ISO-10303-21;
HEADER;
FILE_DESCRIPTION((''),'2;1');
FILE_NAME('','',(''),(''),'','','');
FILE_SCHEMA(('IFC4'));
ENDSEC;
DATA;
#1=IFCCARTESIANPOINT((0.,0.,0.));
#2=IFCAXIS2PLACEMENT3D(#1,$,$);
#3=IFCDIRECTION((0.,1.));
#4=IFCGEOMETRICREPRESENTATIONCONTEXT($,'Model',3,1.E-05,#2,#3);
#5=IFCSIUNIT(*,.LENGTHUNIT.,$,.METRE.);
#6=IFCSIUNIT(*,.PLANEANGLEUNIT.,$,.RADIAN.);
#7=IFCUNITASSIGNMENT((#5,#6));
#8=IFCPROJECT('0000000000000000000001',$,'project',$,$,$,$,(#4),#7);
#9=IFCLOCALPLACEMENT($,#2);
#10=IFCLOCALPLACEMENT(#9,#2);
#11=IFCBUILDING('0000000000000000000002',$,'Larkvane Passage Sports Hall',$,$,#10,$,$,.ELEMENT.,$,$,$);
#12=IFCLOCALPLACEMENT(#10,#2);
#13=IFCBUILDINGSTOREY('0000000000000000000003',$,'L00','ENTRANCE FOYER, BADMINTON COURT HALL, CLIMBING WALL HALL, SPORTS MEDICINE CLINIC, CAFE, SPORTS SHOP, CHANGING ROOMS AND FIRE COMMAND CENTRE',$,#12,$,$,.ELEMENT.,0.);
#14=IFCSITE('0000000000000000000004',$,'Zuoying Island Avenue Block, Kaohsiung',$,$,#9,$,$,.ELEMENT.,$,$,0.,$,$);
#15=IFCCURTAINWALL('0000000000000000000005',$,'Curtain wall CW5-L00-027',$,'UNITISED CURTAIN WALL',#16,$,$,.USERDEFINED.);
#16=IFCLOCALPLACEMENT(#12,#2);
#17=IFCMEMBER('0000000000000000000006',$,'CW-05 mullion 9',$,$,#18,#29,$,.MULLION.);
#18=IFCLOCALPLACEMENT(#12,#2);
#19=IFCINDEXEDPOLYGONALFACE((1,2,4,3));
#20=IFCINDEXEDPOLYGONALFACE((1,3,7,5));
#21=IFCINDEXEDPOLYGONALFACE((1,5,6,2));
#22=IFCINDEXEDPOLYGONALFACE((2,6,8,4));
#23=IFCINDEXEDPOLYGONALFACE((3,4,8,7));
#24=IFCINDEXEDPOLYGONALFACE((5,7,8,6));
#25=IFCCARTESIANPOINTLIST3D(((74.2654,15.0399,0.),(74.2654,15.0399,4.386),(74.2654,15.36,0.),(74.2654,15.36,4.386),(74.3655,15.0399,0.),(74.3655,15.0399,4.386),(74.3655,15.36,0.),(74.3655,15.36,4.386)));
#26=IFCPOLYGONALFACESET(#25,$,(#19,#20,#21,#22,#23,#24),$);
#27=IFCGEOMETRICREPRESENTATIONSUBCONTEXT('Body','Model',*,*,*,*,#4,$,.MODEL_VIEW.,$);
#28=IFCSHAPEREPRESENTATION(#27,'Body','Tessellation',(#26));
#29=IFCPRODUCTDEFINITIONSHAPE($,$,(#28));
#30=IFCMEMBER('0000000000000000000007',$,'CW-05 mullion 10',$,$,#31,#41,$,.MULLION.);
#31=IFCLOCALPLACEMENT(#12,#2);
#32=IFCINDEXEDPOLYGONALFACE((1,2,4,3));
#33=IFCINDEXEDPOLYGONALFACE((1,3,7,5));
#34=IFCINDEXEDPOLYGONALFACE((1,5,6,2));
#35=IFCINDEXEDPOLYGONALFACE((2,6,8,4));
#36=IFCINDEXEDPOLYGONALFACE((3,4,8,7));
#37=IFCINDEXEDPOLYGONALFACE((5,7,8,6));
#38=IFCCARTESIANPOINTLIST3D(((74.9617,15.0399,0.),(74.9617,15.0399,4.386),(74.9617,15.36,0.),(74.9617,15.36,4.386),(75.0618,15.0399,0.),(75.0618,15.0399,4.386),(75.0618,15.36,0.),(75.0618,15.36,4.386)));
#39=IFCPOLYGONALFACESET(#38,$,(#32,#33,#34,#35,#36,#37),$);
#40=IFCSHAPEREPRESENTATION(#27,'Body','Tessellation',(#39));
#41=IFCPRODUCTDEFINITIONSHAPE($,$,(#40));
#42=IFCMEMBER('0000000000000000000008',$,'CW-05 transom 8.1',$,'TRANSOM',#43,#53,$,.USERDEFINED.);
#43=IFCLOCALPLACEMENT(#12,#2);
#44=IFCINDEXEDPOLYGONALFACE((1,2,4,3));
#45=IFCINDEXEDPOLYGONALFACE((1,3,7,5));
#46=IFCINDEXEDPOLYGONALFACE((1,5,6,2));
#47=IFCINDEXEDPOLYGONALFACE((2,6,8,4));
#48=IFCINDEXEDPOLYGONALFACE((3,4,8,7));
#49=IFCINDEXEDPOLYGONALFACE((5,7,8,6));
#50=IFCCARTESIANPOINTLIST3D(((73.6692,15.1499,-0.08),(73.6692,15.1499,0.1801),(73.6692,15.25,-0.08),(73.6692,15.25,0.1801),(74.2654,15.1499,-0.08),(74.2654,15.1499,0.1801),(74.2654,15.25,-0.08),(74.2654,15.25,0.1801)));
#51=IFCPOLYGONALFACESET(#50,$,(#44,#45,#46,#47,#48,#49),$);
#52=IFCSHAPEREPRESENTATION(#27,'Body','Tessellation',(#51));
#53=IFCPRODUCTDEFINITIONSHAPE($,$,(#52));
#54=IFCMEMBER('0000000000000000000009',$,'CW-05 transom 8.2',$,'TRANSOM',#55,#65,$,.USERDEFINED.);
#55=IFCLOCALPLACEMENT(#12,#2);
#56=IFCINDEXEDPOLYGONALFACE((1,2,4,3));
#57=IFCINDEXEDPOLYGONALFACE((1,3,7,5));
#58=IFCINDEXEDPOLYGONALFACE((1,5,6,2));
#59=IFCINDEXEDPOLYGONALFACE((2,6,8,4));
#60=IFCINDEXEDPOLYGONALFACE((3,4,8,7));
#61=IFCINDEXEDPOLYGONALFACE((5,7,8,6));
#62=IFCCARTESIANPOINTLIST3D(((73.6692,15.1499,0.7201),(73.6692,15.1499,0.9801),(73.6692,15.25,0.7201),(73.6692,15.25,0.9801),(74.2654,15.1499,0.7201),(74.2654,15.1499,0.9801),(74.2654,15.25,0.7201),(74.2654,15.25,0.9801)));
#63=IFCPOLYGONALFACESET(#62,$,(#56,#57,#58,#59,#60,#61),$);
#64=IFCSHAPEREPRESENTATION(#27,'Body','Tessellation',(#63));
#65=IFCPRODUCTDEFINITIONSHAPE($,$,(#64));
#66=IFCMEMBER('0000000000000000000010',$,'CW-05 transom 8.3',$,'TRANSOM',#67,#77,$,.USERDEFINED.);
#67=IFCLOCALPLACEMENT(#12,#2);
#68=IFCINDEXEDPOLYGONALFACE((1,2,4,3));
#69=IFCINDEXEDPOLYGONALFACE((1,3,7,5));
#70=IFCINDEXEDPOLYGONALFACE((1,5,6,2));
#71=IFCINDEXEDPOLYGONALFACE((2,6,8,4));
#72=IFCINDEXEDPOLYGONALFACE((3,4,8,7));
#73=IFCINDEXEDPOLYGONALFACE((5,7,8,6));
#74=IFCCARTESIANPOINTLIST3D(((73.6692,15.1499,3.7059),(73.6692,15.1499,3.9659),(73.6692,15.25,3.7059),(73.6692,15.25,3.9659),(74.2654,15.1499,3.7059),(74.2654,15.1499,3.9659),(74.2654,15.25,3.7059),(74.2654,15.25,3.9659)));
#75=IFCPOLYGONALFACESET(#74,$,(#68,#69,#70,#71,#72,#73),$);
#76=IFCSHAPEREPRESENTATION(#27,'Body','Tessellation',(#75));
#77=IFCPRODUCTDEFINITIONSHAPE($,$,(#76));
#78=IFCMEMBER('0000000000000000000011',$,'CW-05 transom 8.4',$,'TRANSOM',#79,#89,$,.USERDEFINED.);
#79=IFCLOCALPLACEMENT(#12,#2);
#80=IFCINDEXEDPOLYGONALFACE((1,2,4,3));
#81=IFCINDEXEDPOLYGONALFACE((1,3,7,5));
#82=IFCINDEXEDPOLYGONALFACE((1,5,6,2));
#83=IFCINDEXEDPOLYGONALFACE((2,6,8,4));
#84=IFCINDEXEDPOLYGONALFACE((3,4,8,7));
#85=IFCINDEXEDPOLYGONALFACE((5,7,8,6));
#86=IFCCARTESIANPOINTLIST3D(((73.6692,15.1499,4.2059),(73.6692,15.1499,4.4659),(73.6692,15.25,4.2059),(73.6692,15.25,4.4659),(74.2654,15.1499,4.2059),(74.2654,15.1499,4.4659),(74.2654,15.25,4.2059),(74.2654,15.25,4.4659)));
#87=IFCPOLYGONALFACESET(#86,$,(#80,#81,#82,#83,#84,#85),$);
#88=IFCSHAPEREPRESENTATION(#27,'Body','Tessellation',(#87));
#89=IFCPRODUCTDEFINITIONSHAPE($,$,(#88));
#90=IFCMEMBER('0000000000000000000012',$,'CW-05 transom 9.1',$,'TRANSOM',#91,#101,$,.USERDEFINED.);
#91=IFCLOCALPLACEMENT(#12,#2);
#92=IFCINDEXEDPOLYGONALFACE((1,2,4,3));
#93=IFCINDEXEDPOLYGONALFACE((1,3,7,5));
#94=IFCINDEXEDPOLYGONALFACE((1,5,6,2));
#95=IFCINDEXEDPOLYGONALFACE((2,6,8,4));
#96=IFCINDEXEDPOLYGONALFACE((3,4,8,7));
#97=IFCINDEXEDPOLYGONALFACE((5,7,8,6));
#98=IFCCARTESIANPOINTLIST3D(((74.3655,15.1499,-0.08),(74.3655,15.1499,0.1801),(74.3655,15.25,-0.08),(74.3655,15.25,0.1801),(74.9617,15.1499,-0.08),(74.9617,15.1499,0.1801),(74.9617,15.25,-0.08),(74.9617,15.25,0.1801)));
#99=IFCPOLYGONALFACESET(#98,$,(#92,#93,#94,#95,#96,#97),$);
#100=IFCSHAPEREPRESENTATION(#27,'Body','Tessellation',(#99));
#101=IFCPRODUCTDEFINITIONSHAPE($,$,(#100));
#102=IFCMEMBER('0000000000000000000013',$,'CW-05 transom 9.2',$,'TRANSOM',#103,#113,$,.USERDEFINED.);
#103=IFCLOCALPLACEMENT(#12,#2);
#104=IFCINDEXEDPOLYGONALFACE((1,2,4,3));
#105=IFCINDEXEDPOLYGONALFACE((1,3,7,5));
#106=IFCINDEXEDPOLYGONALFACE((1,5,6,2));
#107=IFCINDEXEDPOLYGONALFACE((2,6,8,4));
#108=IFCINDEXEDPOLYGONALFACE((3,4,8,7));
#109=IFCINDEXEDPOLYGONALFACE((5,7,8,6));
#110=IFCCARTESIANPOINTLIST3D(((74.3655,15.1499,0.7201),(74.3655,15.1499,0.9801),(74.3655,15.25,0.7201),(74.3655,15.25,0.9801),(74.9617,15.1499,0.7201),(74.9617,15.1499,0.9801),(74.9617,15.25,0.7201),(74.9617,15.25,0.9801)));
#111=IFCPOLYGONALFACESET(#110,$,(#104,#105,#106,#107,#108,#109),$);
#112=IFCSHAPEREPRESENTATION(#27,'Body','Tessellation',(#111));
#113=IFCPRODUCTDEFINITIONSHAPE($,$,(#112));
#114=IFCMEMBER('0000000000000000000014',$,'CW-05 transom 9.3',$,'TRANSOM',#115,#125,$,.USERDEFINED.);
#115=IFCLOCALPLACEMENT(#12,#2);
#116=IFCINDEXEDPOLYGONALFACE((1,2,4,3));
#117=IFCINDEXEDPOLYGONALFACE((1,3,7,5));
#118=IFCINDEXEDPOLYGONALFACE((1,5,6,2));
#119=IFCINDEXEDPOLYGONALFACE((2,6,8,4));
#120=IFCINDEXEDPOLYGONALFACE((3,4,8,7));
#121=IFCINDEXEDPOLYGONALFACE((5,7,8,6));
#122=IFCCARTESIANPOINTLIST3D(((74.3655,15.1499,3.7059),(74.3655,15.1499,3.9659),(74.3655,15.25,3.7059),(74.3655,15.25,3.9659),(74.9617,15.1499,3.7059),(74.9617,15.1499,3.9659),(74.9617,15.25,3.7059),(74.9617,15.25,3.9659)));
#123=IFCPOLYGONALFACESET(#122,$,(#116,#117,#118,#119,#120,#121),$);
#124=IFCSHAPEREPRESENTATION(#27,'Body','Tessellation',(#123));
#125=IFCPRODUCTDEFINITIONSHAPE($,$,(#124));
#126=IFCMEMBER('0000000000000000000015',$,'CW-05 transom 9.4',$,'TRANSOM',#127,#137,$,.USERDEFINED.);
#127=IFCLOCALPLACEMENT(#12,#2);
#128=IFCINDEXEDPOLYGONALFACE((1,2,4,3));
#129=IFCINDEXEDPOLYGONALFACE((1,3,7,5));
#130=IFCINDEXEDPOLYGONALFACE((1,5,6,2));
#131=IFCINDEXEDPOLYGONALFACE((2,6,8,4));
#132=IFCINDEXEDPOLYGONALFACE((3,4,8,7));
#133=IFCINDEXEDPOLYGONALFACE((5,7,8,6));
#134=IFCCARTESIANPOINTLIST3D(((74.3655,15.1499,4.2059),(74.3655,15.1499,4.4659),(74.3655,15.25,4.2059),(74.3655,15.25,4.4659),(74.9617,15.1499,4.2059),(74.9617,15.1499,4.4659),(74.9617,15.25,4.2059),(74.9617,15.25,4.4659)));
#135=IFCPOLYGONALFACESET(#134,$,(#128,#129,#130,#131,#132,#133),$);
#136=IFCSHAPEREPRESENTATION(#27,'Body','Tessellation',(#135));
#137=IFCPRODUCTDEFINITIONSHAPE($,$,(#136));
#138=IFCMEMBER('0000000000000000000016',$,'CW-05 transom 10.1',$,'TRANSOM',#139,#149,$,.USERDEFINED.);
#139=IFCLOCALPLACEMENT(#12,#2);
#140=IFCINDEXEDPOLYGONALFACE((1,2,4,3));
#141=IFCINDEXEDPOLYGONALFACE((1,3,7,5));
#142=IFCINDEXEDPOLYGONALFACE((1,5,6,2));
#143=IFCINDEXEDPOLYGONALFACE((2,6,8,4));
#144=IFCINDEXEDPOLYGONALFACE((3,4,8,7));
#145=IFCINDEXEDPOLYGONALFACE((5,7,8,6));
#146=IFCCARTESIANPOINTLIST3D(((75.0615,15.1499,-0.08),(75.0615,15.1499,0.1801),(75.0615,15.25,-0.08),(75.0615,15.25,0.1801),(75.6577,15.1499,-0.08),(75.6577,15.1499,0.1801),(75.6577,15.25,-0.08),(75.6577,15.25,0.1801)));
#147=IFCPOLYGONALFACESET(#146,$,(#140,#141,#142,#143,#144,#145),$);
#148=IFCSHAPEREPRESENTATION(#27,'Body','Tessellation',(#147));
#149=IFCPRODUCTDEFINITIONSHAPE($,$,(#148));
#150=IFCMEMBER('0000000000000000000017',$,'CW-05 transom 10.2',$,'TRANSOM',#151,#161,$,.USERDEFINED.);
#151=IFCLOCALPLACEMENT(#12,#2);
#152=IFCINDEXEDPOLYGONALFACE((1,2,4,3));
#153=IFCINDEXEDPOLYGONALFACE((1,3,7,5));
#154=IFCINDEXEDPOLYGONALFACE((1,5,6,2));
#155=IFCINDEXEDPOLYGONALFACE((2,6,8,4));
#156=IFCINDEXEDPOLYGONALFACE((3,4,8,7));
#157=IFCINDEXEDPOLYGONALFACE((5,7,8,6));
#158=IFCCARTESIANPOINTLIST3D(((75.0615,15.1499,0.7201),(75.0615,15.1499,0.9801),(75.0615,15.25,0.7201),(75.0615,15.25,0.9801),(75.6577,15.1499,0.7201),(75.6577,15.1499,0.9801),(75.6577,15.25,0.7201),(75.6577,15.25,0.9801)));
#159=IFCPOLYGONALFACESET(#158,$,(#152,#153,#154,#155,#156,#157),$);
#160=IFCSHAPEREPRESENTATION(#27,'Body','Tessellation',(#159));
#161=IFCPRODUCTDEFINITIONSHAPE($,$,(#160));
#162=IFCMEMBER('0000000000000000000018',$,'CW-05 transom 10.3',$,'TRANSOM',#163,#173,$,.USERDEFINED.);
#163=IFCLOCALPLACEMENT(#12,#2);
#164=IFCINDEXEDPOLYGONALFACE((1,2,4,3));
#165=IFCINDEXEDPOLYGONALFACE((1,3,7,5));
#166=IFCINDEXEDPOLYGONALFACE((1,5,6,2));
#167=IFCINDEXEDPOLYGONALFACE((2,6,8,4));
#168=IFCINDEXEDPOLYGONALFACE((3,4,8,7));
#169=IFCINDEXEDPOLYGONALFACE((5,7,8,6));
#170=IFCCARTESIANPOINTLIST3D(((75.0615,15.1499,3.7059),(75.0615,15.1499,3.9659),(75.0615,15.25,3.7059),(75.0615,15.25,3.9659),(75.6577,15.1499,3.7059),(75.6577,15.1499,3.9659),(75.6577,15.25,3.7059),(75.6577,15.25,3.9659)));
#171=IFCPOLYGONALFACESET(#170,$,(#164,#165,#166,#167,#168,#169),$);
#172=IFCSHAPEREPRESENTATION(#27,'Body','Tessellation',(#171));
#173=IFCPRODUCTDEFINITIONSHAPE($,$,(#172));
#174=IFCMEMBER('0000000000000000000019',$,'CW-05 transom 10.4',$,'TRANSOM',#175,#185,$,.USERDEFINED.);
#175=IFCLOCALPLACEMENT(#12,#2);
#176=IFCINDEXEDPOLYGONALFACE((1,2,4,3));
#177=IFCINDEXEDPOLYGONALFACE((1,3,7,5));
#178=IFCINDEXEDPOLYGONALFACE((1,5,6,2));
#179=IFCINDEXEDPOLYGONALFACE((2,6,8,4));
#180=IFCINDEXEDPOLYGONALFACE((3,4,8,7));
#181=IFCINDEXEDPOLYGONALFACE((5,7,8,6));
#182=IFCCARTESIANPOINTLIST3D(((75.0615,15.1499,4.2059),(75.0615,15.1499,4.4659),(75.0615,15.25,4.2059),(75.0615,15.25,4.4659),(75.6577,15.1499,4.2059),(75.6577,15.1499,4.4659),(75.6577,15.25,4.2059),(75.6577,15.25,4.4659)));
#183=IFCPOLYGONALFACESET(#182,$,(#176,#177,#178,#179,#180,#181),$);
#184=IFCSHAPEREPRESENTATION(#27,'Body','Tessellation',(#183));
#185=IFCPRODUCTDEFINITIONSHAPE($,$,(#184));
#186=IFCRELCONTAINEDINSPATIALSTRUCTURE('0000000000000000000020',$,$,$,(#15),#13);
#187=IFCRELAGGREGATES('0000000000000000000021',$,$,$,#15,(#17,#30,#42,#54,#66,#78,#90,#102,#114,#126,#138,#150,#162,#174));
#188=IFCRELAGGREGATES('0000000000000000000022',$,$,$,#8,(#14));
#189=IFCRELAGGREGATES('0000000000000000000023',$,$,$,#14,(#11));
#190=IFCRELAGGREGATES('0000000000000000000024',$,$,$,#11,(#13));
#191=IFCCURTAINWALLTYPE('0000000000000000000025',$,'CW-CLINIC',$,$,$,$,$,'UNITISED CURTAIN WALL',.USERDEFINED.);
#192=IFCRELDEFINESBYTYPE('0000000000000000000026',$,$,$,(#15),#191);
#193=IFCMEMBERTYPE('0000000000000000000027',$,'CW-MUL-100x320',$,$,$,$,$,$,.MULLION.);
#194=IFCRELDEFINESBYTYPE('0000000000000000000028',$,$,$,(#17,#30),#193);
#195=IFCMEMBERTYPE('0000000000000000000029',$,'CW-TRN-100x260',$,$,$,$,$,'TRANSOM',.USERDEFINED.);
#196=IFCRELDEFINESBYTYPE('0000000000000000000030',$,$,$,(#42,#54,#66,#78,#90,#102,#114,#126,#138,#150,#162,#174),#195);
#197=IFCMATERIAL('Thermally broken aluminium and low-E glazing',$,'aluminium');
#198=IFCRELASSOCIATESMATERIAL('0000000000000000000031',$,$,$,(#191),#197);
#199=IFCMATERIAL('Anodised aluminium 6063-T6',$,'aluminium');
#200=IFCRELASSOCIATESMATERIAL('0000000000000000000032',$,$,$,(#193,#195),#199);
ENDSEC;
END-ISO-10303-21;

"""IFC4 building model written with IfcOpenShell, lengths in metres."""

from ifc_helpers import new_model, si_unit, direction, frame, origin, origin_2d, place, context, subcontext, project, spatial, rectangle, extrude, material, material_profile, profile_set, type_object, element, aggregate, save


model = new_model("IFC4")

# Units and contexts
model_context = context("Model", 3, precision=1e-05, world=origin(), true_north=direction((0.0, 1.0)))
body_context = subcontext(model_context, "Body", "Model", "MODEL_VIEW")
ifc_project = project(units=[si_unit("LENGTHUNIT", "METRE"), si_unit("PLANEANGLEUNIT", "RADIAN")], contexts=[model_context])

# Site, building, storey
site_placement = place(None, origin())
site = spatial("IfcSite", under=ifc_project, at=site_placement, Name="Zuoying Island Avenue Block, Kaohsiung", CompositionType="ELEMENT", RefElevation=0.0)
building_placement = place(site_placement, origin())
building = spatial("IfcBuilding", under=site, at=building_placement, Name="Larkvane Passage Sports Hall", CompositionType="ELEMENT")
storey_placement = place(building_placement, origin())
storey = spatial("IfcBuildingStorey", under=building, at=storey_placement, Name="L00", Description="ENTRANCE FOYER, BADMINTON COURT HALL, CLIMBING WALL HALL, SPORTS MEDICINE CLINIC, CAFE, SPORTS SHOP, CHANGING ROOMS AND FIRE COMMAND CENTRE", CompositionType="ELEMENT", Elevation=0.0)

# Curtain wall, members
ifc_material_1 = material(Name="Thermally broken aluminium and low-E glazing", Category="aluminium")
curtain_wall_type = type_object("IfcCurtainWallType", Name="CW-CLINIC", ElementType="UNITISED CURTAIN WALL", PredefinedType="USERDEFINED", material=ifc_material_1)
curtain_wall_placement = place(storey_placement, origin())
curtain_wall = element("IfcCurtainWall", 1, at=curtain_wall_placement, inside=storey, type_object=curtain_wall_type, Name="Curtain wall CW5-L00-027", ObjectType="UNITISED CURTAIN WALL", PredefinedType="USERDEFINED")
ifc_material_2 = material(Name="Anodised aluminium 6063-T6", Category="aluminium")
ifc_material_profile_1 = material_profile(ifc_material_2, rectangle(XDim=0.1001, YDim=0.3201, at=origin_2d()), Name="ALU-MUL-100x320")
ifc_profile_set_1 = profile_set([ifc_material_profile_1], Name="Anodised aluminium 6063-T6")
member_type_1 = type_object("IfcMemberType", Name="CW-MUL-100x320", PredefinedType="MULLION", material=ifc_profile_set_1)
member_1_placement = place(storey_placement, frame((74.3154, 15.2, 0.0), z_axis=(0.0, 0.0, 1.0), x_axis=(1.0, 0.0, 0.0)))
member_1 = element("IfcMember", 2, at=member_1_placement, type_object=member_type_1, Name="CW-05 mullion 9", PredefinedType="MULLION", context=body_context, shape_type="SweptSolid", body=[
    extrude(rectangle(XDim=0.1001, YDim=0.3201, at=origin_2d()), origin(), (0.0, 0.0, 1.0), 4.386),
])
member_2_placement = place(storey_placement, frame((75.0117, 15.2, 0.0), z_axis=(0.0, 0.0, 1.0), x_axis=(1.0, 0.0, 0.0)))
member_2 = element("IfcMember", 3, at=member_2_placement, type_object=member_type_1, Name="CW-05 mullion 10", PredefinedType="MULLION", context=body_context, shape_type="SweptSolid", body=[
    extrude(rectangle(XDim=0.1001, YDim=0.3201, at=origin_2d()), origin(), (0.0, 0.0, 1.0), 4.386),
])
ifc_material_profile_2 = material_profile(ifc_material_2, rectangle(XDim=0.1001, YDim=0.26, at=origin_2d()), Name="ALU-TRN-100x260")
ifc_profile_set_2 = profile_set([ifc_material_profile_2], Name="Anodised aluminium 6063-T6")
member_type_2 = type_object("IfcMemberType", Name="CW-TRN-100x260", ElementType="TRANSOM", PredefinedType="USERDEFINED", material=ifc_profile_set_2)
member_3_placement = place(storey_placement, frame((73.6692, 15.2, 0.05), z_axis=(1.0, 0.0, 0.0), x_axis=(0.0, 1.0, 0.0)))
member_3 = element("IfcMember", 4, at=member_3_placement, type_object=member_type_2, Name="CW-05 transom 8.1", ObjectType="TRANSOM", PredefinedType="USERDEFINED", context=body_context, shape_type="SweptSolid", body=[
    extrude(rectangle(XDim=0.1001, YDim=0.26, at=origin_2d()), origin(), (0.0, 0.0, 1.0), 0.5962),
])
member_4_placement = place(storey_placement, frame((73.6692, 15.2, 0.8501), z_axis=(1.0, 0.0, 0.0), x_axis=(0.0, 1.0, 0.0)))
member_4 = element("IfcMember", 5, at=member_4_placement, type_object=member_type_2, Name="CW-05 transom 8.2", ObjectType="TRANSOM", PredefinedType="USERDEFINED", context=body_context, shape_type="SweptSolid", body=[
    extrude(rectangle(XDim=0.1001, YDim=0.26, at=origin_2d()), origin(), (0.0, 0.0, 1.0), 0.5962),
])
member_5_placement = place(storey_placement, frame((73.6692, 15.2, 3.8359), z_axis=(1.0, 0.0, 0.0), x_axis=(0.0, 1.0, 0.0)))
member_5 = element("IfcMember", 6, at=member_5_placement, type_object=member_type_2, Name="CW-05 transom 8.3", ObjectType="TRANSOM", PredefinedType="USERDEFINED", context=body_context, shape_type="SweptSolid", body=[
    extrude(rectangle(XDim=0.1001, YDim=0.26, at=origin_2d()), origin(), (0.0, 0.0, 1.0), 0.5962),
])
member_6_placement = place(storey_placement, frame((73.6692, 15.2, 4.3359), z_axis=(1.0, 0.0, 0.0), x_axis=(0.0, 1.0, 0.0)))
member_6 = element("IfcMember", 7, at=member_6_placement, type_object=member_type_2, Name="CW-05 transom 8.4", ObjectType="TRANSOM", PredefinedType="USERDEFINED", context=body_context, shape_type="SweptSolid", body=[
    extrude(rectangle(XDim=0.1001, YDim=0.26, at=origin_2d()), origin(), (0.0, 0.0, 1.0), 0.5962),
])
member_7_placement = place(storey_placement, frame((74.3655, 15.2, 0.05), z_axis=(1.0, 0.0, 0.0), x_axis=(0.0, 1.0, 0.0)))
member_7 = element("IfcMember", 8, at=member_7_placement, type_object=member_type_2, Name="CW-05 transom 9.1", ObjectType="TRANSOM", PredefinedType="USERDEFINED", context=body_context, shape_type="SweptSolid", body=[
    extrude(rectangle(XDim=0.1001, YDim=0.26, at=origin_2d()), origin(), (0.0, 0.0, 1.0), 0.5962),
])
member_8_placement = place(storey_placement, frame((74.3655, 15.2, 0.8501), z_axis=(1.0, 0.0, 0.0), x_axis=(0.0, 1.0, 0.0)))
member_8 = element("IfcMember", 9, at=member_8_placement, type_object=member_type_2, Name="CW-05 transom 9.2", ObjectType="TRANSOM", PredefinedType="USERDEFINED", context=body_context, shape_type="SweptSolid", body=[
    extrude(rectangle(XDim=0.1001, YDim=0.26, at=origin_2d()), origin(), (0.0, 0.0, 1.0), 0.5962),
])
member_9_placement = place(storey_placement, frame((74.3655, 15.2, 3.8359), z_axis=(1.0, 0.0, 0.0), x_axis=(0.0, 1.0, 0.0)))
member_9 = element("IfcMember", 10, at=member_9_placement, type_object=member_type_2, Name="CW-05 transom 9.3", ObjectType="TRANSOM", PredefinedType="USERDEFINED", context=body_context, shape_type="SweptSolid", body=[
    extrude(rectangle(XDim=0.1001, YDim=0.26, at=origin_2d()), origin(), (0.0, 0.0, 1.0), 0.5962),
])
member_10_placement = place(storey_placement, frame((74.3655, 15.2, 4.3359), z_axis=(1.0, 0.0, 0.0), x_axis=(0.0, 1.0, 0.0)))
member_10 = element("IfcMember", 11, at=member_10_placement, type_object=member_type_2, Name="CW-05 transom 9.4", ObjectType="TRANSOM", PredefinedType="USERDEFINED", context=body_context, shape_type="SweptSolid", body=[
    extrude(rectangle(XDim=0.1001, YDim=0.26, at=origin_2d()), origin(), (0.0, 0.0, 1.0), 0.5962),
])
member_11_placement = place(storey_placement, frame((75.0615, 15.2, 0.05), z_axis=(1.0, 0.0, 0.0), x_axis=(0.0, 1.0, 0.0)))
member_11 = element("IfcMember", 12, at=member_11_placement, type_object=member_type_2, Name="CW-05 transom 10.1", ObjectType="TRANSOM", PredefinedType="USERDEFINED", context=body_context, shape_type="SweptSolid", body=[
    extrude(rectangle(XDim=0.1001, YDim=0.26, at=origin_2d()), origin(), (0.0, 0.0, 1.0), 0.5962),
])
member_12_placement = place(storey_placement, frame((75.0615, 15.2, 0.8501), z_axis=(1.0, 0.0, 0.0), x_axis=(0.0, 1.0, 0.0)))
member_12 = element("IfcMember", 13, at=member_12_placement, type_object=member_type_2, Name="CW-05 transom 10.2", ObjectType="TRANSOM", PredefinedType="USERDEFINED", context=body_context, shape_type="SweptSolid", body=[
    extrude(rectangle(XDim=0.1001, YDim=0.26, at=origin_2d()), origin(), (0.0, 0.0, 1.0), 0.5962),
])
member_13_placement = place(storey_placement, frame((75.0615, 15.2, 3.8359), z_axis=(1.0, 0.0, 0.0), x_axis=(0.0, 1.0, 0.0)))
member_13 = element("IfcMember", 14, at=member_13_placement, type_object=member_type_2, Name="CW-05 transom 10.3", ObjectType="TRANSOM", PredefinedType="USERDEFINED", context=body_context, shape_type="SweptSolid", body=[
    extrude(rectangle(XDim=0.1001, YDim=0.26, at=origin_2d()), origin(), (0.0, 0.0, 1.0), 0.5962),
])
member_14_placement = place(storey_placement, frame((75.0615, 15.2, 4.3359), z_axis=(1.0, 0.0, 0.0), x_axis=(0.0, 1.0, 0.0)))
member_14 = element("IfcMember", 15, at=member_14_placement, type_object=member_type_2, Name="CW-05 transom 10.4", ObjectType="TRANSOM", PredefinedType="USERDEFINED", context=body_context, shape_type="SweptSolid", body=[
    extrude(rectangle(XDim=0.1001, YDim=0.26, at=origin_2d()), origin(), (0.0, 0.0, 1.0), 0.5962),
])
aggregate(curtain_wall, [member_1, member_2, member_3, member_4, member_5, member_6, member_7, member_8, member_9, member_10, member_11, member_12, member_13, member_14])

save(model, "model.ifc")
